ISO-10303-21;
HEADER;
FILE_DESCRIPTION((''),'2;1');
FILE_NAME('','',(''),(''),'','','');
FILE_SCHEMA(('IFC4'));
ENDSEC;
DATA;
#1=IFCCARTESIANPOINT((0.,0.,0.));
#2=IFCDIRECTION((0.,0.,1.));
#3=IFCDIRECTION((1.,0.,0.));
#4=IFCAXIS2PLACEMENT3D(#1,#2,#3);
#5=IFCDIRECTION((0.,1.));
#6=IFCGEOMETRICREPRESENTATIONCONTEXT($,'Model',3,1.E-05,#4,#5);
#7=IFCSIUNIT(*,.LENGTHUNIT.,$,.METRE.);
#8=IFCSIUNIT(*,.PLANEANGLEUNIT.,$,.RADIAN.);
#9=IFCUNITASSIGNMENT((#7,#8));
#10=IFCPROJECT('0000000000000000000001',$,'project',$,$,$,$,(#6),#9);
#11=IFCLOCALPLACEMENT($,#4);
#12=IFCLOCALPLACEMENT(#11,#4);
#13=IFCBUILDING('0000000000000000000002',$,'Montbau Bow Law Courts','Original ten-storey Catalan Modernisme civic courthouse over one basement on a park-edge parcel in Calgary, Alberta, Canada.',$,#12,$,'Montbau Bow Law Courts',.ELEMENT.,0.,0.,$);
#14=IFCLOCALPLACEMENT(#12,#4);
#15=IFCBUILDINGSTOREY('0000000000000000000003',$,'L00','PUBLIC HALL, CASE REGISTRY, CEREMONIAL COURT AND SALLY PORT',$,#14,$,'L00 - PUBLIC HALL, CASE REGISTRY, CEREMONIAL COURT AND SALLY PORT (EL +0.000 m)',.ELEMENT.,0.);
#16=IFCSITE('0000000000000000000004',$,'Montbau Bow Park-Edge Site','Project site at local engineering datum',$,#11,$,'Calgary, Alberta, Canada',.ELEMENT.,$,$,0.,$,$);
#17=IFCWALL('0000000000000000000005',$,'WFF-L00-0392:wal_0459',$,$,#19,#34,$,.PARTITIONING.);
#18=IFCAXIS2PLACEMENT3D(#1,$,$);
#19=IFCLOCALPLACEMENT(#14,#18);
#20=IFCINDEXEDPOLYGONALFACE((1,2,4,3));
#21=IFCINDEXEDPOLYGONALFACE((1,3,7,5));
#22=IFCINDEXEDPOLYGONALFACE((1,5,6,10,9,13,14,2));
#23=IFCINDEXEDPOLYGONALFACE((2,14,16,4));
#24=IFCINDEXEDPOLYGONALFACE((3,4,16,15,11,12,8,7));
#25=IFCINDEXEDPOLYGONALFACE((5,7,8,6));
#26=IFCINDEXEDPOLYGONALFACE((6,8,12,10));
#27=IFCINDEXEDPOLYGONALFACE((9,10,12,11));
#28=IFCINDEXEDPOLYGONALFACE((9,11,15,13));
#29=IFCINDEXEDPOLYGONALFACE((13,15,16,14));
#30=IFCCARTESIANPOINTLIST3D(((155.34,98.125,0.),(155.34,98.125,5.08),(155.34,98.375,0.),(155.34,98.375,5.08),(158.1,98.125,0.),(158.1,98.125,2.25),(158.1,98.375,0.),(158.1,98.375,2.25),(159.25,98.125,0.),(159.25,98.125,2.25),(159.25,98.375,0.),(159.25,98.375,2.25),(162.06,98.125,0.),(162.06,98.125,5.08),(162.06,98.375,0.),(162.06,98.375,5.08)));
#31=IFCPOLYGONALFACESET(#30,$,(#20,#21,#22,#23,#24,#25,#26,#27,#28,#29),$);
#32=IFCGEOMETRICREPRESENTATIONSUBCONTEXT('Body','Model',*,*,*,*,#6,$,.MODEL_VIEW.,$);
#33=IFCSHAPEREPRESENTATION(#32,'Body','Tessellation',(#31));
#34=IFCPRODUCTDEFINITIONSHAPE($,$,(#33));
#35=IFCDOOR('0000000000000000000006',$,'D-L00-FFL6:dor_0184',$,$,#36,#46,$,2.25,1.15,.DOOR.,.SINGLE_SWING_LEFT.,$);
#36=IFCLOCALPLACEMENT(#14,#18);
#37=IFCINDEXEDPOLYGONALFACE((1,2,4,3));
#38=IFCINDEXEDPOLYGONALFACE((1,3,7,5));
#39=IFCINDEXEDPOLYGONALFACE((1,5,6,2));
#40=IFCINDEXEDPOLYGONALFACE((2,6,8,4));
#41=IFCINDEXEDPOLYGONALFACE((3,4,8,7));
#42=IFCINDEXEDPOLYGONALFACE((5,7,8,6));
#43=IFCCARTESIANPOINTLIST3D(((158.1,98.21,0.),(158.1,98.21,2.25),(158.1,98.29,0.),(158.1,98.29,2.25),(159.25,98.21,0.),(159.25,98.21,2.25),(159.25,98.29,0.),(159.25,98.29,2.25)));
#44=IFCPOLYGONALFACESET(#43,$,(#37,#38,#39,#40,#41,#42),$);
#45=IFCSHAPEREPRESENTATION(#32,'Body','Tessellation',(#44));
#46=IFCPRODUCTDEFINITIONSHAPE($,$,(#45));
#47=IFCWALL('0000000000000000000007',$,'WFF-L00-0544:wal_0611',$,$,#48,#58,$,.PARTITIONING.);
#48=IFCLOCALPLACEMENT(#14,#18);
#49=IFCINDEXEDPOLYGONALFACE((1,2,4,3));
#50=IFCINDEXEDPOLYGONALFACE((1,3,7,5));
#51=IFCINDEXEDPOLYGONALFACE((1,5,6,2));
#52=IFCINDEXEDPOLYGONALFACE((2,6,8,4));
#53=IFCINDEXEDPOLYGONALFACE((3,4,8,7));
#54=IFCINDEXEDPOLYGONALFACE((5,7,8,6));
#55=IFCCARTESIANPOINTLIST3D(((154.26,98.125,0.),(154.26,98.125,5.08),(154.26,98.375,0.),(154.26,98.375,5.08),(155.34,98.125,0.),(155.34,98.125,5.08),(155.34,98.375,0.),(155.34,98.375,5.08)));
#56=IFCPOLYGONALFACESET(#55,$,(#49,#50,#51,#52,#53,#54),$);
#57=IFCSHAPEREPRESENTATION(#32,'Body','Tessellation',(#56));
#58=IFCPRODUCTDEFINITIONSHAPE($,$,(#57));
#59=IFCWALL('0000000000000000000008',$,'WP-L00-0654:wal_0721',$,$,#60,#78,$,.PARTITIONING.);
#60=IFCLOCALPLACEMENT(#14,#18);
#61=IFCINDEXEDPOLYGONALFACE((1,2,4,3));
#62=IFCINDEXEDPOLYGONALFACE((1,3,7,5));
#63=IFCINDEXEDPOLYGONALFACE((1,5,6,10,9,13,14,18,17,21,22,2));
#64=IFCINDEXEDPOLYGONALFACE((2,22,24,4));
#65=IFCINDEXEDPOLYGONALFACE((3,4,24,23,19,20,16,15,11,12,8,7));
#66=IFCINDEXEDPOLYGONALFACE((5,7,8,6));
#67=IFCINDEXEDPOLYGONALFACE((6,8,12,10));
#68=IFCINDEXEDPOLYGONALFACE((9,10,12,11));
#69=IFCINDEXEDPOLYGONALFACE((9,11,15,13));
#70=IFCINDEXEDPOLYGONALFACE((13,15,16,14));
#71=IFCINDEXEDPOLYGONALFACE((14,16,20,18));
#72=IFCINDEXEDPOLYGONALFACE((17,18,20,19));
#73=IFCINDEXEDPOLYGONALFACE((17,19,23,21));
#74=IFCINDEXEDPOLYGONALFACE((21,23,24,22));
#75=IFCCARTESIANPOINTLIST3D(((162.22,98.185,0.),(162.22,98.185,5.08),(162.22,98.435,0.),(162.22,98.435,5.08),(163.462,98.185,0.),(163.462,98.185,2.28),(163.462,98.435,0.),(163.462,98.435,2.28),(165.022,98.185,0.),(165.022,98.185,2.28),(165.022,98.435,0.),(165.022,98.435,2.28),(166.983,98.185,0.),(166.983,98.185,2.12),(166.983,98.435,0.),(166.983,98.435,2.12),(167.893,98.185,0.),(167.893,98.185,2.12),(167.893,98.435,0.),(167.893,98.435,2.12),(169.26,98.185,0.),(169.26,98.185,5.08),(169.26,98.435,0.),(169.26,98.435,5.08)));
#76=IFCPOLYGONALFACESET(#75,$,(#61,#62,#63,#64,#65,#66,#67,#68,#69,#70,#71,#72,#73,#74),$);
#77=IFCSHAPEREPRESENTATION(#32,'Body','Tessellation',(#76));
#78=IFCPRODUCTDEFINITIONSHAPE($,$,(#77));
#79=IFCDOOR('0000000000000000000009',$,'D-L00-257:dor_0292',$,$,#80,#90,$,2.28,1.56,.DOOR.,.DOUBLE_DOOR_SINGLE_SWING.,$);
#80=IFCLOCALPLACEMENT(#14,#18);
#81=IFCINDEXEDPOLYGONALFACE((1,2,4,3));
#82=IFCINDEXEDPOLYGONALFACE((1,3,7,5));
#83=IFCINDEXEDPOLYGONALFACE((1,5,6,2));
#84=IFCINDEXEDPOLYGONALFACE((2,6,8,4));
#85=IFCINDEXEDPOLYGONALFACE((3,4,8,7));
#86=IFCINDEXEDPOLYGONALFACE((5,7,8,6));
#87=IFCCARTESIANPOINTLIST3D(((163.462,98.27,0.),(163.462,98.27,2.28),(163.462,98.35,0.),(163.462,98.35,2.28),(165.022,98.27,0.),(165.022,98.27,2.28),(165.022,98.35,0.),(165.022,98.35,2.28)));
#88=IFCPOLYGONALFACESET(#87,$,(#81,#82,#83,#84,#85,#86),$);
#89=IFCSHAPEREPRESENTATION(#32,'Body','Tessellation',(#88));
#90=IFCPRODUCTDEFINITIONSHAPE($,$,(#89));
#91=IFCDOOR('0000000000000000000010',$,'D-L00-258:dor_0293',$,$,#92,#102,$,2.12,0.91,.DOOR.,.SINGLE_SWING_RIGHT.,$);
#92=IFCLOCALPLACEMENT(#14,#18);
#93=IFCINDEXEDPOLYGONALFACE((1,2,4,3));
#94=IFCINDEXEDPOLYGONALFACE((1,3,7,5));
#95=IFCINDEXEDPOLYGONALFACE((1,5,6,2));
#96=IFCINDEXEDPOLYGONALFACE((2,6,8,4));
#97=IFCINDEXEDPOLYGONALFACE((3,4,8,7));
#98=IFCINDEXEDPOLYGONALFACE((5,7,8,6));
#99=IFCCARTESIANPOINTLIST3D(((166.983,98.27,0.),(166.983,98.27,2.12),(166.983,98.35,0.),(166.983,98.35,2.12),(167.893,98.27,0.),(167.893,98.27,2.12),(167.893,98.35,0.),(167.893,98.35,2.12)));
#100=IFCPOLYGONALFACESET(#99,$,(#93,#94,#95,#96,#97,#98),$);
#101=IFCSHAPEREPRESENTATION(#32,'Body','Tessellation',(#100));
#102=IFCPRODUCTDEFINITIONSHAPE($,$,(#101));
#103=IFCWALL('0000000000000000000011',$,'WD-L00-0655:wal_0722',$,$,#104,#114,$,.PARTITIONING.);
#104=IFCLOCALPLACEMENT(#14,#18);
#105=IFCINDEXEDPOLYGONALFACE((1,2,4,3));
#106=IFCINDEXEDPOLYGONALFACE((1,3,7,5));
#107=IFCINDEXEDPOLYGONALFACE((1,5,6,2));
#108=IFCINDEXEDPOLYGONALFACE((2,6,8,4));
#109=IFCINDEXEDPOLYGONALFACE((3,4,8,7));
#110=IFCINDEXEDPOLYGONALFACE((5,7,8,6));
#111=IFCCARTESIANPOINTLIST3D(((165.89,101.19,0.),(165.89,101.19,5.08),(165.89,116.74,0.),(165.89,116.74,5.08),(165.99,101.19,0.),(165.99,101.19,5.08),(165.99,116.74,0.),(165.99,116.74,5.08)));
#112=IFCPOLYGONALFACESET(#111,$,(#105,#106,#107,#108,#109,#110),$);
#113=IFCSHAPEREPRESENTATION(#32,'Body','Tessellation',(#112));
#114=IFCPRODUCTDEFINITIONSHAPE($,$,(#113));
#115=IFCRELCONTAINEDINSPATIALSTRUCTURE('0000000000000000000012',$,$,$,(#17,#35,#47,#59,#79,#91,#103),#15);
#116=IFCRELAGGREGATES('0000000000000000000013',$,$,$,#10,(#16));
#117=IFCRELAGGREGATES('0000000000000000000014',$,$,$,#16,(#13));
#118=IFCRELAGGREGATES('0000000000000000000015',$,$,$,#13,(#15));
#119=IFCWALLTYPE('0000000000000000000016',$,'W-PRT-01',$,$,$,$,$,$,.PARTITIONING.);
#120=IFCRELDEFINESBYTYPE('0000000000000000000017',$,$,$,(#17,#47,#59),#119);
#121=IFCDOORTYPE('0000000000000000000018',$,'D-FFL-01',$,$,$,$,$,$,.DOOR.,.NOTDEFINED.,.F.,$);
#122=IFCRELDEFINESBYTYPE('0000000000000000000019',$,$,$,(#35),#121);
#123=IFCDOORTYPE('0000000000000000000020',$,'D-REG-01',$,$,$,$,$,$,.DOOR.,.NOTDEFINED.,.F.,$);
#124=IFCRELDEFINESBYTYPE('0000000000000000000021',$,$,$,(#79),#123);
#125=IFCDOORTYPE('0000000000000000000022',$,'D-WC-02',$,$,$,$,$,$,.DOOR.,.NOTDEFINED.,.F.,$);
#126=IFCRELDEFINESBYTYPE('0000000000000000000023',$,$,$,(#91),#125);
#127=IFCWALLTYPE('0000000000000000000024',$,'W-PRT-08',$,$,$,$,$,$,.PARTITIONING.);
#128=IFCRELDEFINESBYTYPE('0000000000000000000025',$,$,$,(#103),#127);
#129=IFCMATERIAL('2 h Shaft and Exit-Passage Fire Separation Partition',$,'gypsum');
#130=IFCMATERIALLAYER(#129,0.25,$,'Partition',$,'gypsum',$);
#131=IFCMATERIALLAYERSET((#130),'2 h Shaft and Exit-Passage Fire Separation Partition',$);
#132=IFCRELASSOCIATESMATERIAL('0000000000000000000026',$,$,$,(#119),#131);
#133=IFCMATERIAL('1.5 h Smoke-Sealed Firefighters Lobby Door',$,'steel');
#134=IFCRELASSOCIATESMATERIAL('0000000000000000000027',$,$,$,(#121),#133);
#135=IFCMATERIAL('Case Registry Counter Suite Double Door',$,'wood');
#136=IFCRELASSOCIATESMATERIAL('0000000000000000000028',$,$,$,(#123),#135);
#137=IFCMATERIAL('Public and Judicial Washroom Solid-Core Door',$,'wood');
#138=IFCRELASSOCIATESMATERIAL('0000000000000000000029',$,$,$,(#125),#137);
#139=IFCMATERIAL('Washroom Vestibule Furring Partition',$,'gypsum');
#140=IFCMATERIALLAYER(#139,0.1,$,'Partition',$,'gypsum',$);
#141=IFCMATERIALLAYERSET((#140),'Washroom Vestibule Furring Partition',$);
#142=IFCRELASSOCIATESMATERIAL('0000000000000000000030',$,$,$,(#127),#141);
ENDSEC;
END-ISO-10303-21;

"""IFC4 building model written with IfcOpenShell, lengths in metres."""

from ifc_helpers import new_model, si_unit, direction, frame, frame_2d, origin_with_axes, place, context, subcontext, project, spatial, rectangle, extrude, material, layer, layer_set, type_object, element, fill, save


model = new_model("IFC4")

# Units and contexts
model_context = context("Model", 3, precision=1e-05, world=origin_with_axes(), true_north=direction((0.0, 1.0)))
body_context = subcontext(model_context, "Body", "Model", "MODEL_VIEW")
ifc_project = project(units=[si_unit("LENGTHUNIT", "METRE"), si_unit("PLANEANGLEUNIT", "RADIAN")], contexts=[model_context])

# Site, building, storey
site_placement = place(None, origin_with_axes())
site = spatial("IfcSite", under=ifc_project, at=site_placement, Name="Montbau Bow Park-Edge Site", Description="Project site at local engineering datum", LongName="Calgary, Alberta, Canada", CompositionType="ELEMENT", RefElevation=0.0)
building_placement = place(site_placement, origin_with_axes())
building = spatial("IfcBuilding", under=site, at=building_placement, Name="Montbau Bow Law Courts", Description="Original ten-storey Catalan Modernisme civic courthouse over one basement on a park-edge parcel in Calgary, Alberta, Canada.", LongName="Montbau Bow Law Courts", CompositionType="ELEMENT", ElevationOfRefHeight=0.0, ElevationOfTerrain=0.0)
storey_placement = place(building_placement, origin_with_axes())
storey = spatial("IfcBuildingStorey", under=building, at=storey_placement, Name="L00", Description="PUBLIC HALL, CASE REGISTRY, CEREMONIAL COURT AND SALLY PORT", LongName="L00 - PUBLIC HALL, CASE REGISTRY, CEREMONIAL COURT AND SALLY PORT (EL +0.000 m)", CompositionType="ELEMENT", Elevation=0.0)

# Wall, opening, door
ifc_material_1 = material(Name="2 h Shaft and Exit-Passage Fire Separation Partition", Category="gypsum")
ifc_layer_1 = layer(ifc_material_1, 0.25, Name="Partition", Category="gypsum")
ifc_layer_set_1 = layer_set([ifc_layer_1], Name="2 h Shaft and Exit-Passage Fire Separation Partition")
wall_type_1 = type_object("IfcWallType", Name="W-PRT-01", PredefinedType="PARTITIONING", material=ifc_layer_set_1)
wall_1_placement = place(None, frame((162.06, 98.25, 0.0), z_axis=(0.0, 0.0, 1.0), x_axis=(-1.0, 0.0, 0.0)))
wall_1 = element("IfcWall", 1, at=wall_1_placement, inside=storey, type_object=wall_type_1, Name="WFF-L00-0392:wal_0459", PredefinedType="PARTITIONING", context=body_context, shape_type="SweptSolid", body=[
    extrude(rectangle(XDim=6.72, YDim=0.25, at=frame_2d((3.36, 0.0), x_axis=(1.0, 0.0))), origin_with_axes(), (0.0, 0.0, 1.0), 5.08),
])
opening_1_placement = place(None, frame((158.675, 98.25, 0.0), z_axis=(0.0, 0.0, 1.0), x_axis=(-1.0, 0.0, 0.0)))
opening_1 = element("IfcOpeningElement", 2, at=opening_1_placement, cuts=wall_1, PredefinedType="OPENING", context=body_context, shape_type="SweptSolid", body=[
    extrude(rectangle(XDim=1.15, YDim=2.25, at=frame_2d((0.0, 1.125), x_axis=(1.0, 0.0))), frame((0.0, 0.135, 0.0), z_axis=(0.0, -1.0, 0.0), x_axis=(1.0, 0.0, 0.0)), (0.0, 0.0, 1.0), 0.27),
])
ifc_material_2 = material(Name="1.5 h Smoke-Sealed Firefighters Lobby Door", Category="steel")
door_type_1 = type_object("IfcDoorType", Name="D-FFL-01", OperationType="NOTDEFINED", ParameterTakesPrecedence=False, PredefinedType="DOOR", material=ifc_material_2)
door_1_placement = place(None, frame((158.675, 98.25, 0.0), z_axis=(0.0, 0.0, 1.0), x_axis=(1.0, 0.0, 0.0)))
door_1 = element("IfcDoor", 3, at=door_1_placement, inside=storey, type_object=door_type_1, Name="D-L00-FFL6:dor_0184", OperationType="SINGLE_SWING_LEFT", OverallHeight=2.25, OverallWidth=1.15, PredefinedType="DOOR", context=body_context, shape_type="SweptSolid", body=[
    extrude(rectangle(XDim=1.15, YDim=2.25, at=frame_2d((0.0, 1.125), x_axis=(1.0, 0.0))), frame((0.0, 0.04, 0.0), z_axis=(0.0, -1.0, 0.0), x_axis=(1.0, 0.0, 0.0)), (0.0, 0.0, 1.0), 0.08),
])
fill(opening_1, door_1)

# Wall
wall_2_placement = place(None, frame((154.26, 98.25, 0.0), z_axis=(0.0, 0.0, 1.0), x_axis=(1.0, 0.0, 0.0)))
element("IfcWall", 4, at=wall_2_placement, inside=storey, type_object=wall_type_1, Name="WFF-L00-0544:wal_0611", PredefinedType="PARTITIONING", context=body_context, shape_type="SweptSolid", body=[
    extrude(rectangle(XDim=1.08, YDim=0.25, at=frame_2d((0.54, 0.0), x_axis=(1.0, 0.0))), origin_with_axes(), (0.0, 0.0, 1.0), 5.08),
])

# Wall, openings, doors
wall_3_placement = place(None, frame((162.22, 98.31, 0.0), z_axis=(0.0, 0.0, 1.0), x_axis=(1.0, 0.0, 0.0)))
wall_3 = element("IfcWall", 5, at=wall_3_placement, inside=storey, type_object=wall_type_1, Name="WP-L00-0654:wal_0721", PredefinedType="PARTITIONING", context=body_context, shape_type="SweptSolid", body=[
    extrude(rectangle(XDim=7.04, YDim=0.25, at=frame_2d((3.52, 0.0), x_axis=(1.0, 0.0))), origin_with_axes(), (0.0, 0.0, 1.0), 5.08),
])
opening_2_placement = place(None, frame((164.242, 98.31, 0.0), z_axis=(0.0, 0.0, 1.0), x_axis=(1.0, 0.0, 0.0)))
opening_2 = element("IfcOpeningElement", 6, at=opening_2_placement, cuts=wall_3, PredefinedType="OPENING", context=body_context, shape_type="SweptSolid", body=[
    extrude(rectangle(XDim=1.56, YDim=2.28, at=frame_2d((0.0, 1.14), x_axis=(1.0, 0.0))), frame((0.0, 0.135, 0.0), z_axis=(0.0, -1.0, 0.0), x_axis=(1.0, 0.0, 0.0)), (0.0, 0.0, 1.0), 0.27),
])
opening_3_placement = place(None, frame((167.438, 98.31, 0.0), z_axis=(0.0, 0.0, 1.0), x_axis=(1.0, 0.0, 0.0)))
opening_3 = element("IfcOpeningElement", 7, at=opening_3_placement, cuts=wall_3, PredefinedType="OPENING", context=body_context, shape_type="SweptSolid", body=[
    extrude(rectangle(XDim=0.91, YDim=2.12, at=frame_2d((0.0, 1.06), x_axis=(1.0, 0.0))), frame((0.0, 0.135, 0.0), z_axis=(0.0, -1.0, 0.0), x_axis=(1.0, 0.0, 0.0)), (0.0, 0.0, 1.0), 0.27),
])
ifc_material_3 = material(Name="Case Registry Counter Suite Double Door", Category="wood")
door_type_2 = type_object("IfcDoorType", Name="D-REG-01", OperationType="NOTDEFINED", ParameterTakesPrecedence=False, PredefinedType="DOOR", material=ifc_material_3)
door_2_placement = place(None, frame((164.242, 98.31, 0.0), z_axis=(0.0, 0.0, 1.0), x_axis=(1.0, 0.0, 0.0)))
door_2 = element("IfcDoor", 8, at=door_2_placement, inside=storey, type_object=door_type_2, Name="D-L00-257:dor_0292", OperationType="DOUBLE_DOOR_SINGLE_SWING", OverallHeight=2.28, OverallWidth=1.56, PredefinedType="DOOR", context=body_context, shape_type="SweptSolid", body=[
    extrude(rectangle(XDim=1.56, YDim=2.28, at=frame_2d((0.0, 1.14), x_axis=(1.0, 0.0))), frame((0.0, 0.04, 0.0), z_axis=(0.0, -1.0, 0.0), x_axis=(1.0, 0.0, 0.0)), (0.0, 0.0, 1.0), 0.08),
])
fill(opening_2, door_2)
ifc_material_4 = material(Name="Public and Judicial Washroom Solid-Core Door", Category="wood")
door_type_3 = type_object("IfcDoorType", Name="D-WC-02", OperationType="NOTDEFINED", ParameterTakesPrecedence=False, PredefinedType="DOOR", material=ifc_material_4)
door_3_placement = place(None, frame((167.438, 98.31, 0.0), z_axis=(0.0, 0.0, 1.0), x_axis=(1.0, 0.0, 0.0)))
door_3 = element("IfcDoor", 9, at=door_3_placement, inside=storey, type_object=door_type_3, Name="D-L00-258:dor_0293", OperationType="SINGLE_SWING_RIGHT", OverallHeight=2.12, OverallWidth=0.91, PredefinedType="DOOR", context=body_context, shape_type="SweptSolid", body=[
    extrude(rectangle(XDim=0.91, YDim=2.12, at=frame_2d((0.0, 1.06), x_axis=(1.0, 0.0))), frame((0.0, 0.04, 0.0), z_axis=(0.0, -1.0, 0.0), x_axis=(1.0, 0.0, 0.0)), (0.0, 0.0, 1.0), 0.08),
])
fill(opening_3, door_3)

# Wall
ifc_material_5 = material(Name="Washroom Vestibule Furring Partition", Category="gypsum")
ifc_layer_2 = layer(ifc_material_5, 0.1, Name="Partition", Category="gypsum")
ifc_layer_set_2 = layer_set([ifc_layer_2], Name="Washroom Vestibule Furring Partition")
wall_type_2 = type_object("IfcWallType", Name="W-PRT-08", PredefinedType="PARTITIONING", material=ifc_layer_set_2)
wall_4_placement = place(None, frame((165.94, 101.19, 0.0), z_axis=(0.0, 0.0, 1.0), x_axis=(0.0, 1.0, 0.0)))
element("IfcWall", 10, at=wall_4_placement, inside=storey, type_object=wall_type_2, Name="WD-L00-0655:wal_0722", PredefinedType="PARTITIONING", context=body_context, shape_type="SweptSolid", body=[
    extrude(rectangle(XDim=15.55, YDim=0.1, at=frame_2d((7.775, 0.0), x_axis=(1.0, 0.0))), origin_with_axes(), (0.0, 0.0, 1.0), 5.08),
])

save(model, "model.ifc")
